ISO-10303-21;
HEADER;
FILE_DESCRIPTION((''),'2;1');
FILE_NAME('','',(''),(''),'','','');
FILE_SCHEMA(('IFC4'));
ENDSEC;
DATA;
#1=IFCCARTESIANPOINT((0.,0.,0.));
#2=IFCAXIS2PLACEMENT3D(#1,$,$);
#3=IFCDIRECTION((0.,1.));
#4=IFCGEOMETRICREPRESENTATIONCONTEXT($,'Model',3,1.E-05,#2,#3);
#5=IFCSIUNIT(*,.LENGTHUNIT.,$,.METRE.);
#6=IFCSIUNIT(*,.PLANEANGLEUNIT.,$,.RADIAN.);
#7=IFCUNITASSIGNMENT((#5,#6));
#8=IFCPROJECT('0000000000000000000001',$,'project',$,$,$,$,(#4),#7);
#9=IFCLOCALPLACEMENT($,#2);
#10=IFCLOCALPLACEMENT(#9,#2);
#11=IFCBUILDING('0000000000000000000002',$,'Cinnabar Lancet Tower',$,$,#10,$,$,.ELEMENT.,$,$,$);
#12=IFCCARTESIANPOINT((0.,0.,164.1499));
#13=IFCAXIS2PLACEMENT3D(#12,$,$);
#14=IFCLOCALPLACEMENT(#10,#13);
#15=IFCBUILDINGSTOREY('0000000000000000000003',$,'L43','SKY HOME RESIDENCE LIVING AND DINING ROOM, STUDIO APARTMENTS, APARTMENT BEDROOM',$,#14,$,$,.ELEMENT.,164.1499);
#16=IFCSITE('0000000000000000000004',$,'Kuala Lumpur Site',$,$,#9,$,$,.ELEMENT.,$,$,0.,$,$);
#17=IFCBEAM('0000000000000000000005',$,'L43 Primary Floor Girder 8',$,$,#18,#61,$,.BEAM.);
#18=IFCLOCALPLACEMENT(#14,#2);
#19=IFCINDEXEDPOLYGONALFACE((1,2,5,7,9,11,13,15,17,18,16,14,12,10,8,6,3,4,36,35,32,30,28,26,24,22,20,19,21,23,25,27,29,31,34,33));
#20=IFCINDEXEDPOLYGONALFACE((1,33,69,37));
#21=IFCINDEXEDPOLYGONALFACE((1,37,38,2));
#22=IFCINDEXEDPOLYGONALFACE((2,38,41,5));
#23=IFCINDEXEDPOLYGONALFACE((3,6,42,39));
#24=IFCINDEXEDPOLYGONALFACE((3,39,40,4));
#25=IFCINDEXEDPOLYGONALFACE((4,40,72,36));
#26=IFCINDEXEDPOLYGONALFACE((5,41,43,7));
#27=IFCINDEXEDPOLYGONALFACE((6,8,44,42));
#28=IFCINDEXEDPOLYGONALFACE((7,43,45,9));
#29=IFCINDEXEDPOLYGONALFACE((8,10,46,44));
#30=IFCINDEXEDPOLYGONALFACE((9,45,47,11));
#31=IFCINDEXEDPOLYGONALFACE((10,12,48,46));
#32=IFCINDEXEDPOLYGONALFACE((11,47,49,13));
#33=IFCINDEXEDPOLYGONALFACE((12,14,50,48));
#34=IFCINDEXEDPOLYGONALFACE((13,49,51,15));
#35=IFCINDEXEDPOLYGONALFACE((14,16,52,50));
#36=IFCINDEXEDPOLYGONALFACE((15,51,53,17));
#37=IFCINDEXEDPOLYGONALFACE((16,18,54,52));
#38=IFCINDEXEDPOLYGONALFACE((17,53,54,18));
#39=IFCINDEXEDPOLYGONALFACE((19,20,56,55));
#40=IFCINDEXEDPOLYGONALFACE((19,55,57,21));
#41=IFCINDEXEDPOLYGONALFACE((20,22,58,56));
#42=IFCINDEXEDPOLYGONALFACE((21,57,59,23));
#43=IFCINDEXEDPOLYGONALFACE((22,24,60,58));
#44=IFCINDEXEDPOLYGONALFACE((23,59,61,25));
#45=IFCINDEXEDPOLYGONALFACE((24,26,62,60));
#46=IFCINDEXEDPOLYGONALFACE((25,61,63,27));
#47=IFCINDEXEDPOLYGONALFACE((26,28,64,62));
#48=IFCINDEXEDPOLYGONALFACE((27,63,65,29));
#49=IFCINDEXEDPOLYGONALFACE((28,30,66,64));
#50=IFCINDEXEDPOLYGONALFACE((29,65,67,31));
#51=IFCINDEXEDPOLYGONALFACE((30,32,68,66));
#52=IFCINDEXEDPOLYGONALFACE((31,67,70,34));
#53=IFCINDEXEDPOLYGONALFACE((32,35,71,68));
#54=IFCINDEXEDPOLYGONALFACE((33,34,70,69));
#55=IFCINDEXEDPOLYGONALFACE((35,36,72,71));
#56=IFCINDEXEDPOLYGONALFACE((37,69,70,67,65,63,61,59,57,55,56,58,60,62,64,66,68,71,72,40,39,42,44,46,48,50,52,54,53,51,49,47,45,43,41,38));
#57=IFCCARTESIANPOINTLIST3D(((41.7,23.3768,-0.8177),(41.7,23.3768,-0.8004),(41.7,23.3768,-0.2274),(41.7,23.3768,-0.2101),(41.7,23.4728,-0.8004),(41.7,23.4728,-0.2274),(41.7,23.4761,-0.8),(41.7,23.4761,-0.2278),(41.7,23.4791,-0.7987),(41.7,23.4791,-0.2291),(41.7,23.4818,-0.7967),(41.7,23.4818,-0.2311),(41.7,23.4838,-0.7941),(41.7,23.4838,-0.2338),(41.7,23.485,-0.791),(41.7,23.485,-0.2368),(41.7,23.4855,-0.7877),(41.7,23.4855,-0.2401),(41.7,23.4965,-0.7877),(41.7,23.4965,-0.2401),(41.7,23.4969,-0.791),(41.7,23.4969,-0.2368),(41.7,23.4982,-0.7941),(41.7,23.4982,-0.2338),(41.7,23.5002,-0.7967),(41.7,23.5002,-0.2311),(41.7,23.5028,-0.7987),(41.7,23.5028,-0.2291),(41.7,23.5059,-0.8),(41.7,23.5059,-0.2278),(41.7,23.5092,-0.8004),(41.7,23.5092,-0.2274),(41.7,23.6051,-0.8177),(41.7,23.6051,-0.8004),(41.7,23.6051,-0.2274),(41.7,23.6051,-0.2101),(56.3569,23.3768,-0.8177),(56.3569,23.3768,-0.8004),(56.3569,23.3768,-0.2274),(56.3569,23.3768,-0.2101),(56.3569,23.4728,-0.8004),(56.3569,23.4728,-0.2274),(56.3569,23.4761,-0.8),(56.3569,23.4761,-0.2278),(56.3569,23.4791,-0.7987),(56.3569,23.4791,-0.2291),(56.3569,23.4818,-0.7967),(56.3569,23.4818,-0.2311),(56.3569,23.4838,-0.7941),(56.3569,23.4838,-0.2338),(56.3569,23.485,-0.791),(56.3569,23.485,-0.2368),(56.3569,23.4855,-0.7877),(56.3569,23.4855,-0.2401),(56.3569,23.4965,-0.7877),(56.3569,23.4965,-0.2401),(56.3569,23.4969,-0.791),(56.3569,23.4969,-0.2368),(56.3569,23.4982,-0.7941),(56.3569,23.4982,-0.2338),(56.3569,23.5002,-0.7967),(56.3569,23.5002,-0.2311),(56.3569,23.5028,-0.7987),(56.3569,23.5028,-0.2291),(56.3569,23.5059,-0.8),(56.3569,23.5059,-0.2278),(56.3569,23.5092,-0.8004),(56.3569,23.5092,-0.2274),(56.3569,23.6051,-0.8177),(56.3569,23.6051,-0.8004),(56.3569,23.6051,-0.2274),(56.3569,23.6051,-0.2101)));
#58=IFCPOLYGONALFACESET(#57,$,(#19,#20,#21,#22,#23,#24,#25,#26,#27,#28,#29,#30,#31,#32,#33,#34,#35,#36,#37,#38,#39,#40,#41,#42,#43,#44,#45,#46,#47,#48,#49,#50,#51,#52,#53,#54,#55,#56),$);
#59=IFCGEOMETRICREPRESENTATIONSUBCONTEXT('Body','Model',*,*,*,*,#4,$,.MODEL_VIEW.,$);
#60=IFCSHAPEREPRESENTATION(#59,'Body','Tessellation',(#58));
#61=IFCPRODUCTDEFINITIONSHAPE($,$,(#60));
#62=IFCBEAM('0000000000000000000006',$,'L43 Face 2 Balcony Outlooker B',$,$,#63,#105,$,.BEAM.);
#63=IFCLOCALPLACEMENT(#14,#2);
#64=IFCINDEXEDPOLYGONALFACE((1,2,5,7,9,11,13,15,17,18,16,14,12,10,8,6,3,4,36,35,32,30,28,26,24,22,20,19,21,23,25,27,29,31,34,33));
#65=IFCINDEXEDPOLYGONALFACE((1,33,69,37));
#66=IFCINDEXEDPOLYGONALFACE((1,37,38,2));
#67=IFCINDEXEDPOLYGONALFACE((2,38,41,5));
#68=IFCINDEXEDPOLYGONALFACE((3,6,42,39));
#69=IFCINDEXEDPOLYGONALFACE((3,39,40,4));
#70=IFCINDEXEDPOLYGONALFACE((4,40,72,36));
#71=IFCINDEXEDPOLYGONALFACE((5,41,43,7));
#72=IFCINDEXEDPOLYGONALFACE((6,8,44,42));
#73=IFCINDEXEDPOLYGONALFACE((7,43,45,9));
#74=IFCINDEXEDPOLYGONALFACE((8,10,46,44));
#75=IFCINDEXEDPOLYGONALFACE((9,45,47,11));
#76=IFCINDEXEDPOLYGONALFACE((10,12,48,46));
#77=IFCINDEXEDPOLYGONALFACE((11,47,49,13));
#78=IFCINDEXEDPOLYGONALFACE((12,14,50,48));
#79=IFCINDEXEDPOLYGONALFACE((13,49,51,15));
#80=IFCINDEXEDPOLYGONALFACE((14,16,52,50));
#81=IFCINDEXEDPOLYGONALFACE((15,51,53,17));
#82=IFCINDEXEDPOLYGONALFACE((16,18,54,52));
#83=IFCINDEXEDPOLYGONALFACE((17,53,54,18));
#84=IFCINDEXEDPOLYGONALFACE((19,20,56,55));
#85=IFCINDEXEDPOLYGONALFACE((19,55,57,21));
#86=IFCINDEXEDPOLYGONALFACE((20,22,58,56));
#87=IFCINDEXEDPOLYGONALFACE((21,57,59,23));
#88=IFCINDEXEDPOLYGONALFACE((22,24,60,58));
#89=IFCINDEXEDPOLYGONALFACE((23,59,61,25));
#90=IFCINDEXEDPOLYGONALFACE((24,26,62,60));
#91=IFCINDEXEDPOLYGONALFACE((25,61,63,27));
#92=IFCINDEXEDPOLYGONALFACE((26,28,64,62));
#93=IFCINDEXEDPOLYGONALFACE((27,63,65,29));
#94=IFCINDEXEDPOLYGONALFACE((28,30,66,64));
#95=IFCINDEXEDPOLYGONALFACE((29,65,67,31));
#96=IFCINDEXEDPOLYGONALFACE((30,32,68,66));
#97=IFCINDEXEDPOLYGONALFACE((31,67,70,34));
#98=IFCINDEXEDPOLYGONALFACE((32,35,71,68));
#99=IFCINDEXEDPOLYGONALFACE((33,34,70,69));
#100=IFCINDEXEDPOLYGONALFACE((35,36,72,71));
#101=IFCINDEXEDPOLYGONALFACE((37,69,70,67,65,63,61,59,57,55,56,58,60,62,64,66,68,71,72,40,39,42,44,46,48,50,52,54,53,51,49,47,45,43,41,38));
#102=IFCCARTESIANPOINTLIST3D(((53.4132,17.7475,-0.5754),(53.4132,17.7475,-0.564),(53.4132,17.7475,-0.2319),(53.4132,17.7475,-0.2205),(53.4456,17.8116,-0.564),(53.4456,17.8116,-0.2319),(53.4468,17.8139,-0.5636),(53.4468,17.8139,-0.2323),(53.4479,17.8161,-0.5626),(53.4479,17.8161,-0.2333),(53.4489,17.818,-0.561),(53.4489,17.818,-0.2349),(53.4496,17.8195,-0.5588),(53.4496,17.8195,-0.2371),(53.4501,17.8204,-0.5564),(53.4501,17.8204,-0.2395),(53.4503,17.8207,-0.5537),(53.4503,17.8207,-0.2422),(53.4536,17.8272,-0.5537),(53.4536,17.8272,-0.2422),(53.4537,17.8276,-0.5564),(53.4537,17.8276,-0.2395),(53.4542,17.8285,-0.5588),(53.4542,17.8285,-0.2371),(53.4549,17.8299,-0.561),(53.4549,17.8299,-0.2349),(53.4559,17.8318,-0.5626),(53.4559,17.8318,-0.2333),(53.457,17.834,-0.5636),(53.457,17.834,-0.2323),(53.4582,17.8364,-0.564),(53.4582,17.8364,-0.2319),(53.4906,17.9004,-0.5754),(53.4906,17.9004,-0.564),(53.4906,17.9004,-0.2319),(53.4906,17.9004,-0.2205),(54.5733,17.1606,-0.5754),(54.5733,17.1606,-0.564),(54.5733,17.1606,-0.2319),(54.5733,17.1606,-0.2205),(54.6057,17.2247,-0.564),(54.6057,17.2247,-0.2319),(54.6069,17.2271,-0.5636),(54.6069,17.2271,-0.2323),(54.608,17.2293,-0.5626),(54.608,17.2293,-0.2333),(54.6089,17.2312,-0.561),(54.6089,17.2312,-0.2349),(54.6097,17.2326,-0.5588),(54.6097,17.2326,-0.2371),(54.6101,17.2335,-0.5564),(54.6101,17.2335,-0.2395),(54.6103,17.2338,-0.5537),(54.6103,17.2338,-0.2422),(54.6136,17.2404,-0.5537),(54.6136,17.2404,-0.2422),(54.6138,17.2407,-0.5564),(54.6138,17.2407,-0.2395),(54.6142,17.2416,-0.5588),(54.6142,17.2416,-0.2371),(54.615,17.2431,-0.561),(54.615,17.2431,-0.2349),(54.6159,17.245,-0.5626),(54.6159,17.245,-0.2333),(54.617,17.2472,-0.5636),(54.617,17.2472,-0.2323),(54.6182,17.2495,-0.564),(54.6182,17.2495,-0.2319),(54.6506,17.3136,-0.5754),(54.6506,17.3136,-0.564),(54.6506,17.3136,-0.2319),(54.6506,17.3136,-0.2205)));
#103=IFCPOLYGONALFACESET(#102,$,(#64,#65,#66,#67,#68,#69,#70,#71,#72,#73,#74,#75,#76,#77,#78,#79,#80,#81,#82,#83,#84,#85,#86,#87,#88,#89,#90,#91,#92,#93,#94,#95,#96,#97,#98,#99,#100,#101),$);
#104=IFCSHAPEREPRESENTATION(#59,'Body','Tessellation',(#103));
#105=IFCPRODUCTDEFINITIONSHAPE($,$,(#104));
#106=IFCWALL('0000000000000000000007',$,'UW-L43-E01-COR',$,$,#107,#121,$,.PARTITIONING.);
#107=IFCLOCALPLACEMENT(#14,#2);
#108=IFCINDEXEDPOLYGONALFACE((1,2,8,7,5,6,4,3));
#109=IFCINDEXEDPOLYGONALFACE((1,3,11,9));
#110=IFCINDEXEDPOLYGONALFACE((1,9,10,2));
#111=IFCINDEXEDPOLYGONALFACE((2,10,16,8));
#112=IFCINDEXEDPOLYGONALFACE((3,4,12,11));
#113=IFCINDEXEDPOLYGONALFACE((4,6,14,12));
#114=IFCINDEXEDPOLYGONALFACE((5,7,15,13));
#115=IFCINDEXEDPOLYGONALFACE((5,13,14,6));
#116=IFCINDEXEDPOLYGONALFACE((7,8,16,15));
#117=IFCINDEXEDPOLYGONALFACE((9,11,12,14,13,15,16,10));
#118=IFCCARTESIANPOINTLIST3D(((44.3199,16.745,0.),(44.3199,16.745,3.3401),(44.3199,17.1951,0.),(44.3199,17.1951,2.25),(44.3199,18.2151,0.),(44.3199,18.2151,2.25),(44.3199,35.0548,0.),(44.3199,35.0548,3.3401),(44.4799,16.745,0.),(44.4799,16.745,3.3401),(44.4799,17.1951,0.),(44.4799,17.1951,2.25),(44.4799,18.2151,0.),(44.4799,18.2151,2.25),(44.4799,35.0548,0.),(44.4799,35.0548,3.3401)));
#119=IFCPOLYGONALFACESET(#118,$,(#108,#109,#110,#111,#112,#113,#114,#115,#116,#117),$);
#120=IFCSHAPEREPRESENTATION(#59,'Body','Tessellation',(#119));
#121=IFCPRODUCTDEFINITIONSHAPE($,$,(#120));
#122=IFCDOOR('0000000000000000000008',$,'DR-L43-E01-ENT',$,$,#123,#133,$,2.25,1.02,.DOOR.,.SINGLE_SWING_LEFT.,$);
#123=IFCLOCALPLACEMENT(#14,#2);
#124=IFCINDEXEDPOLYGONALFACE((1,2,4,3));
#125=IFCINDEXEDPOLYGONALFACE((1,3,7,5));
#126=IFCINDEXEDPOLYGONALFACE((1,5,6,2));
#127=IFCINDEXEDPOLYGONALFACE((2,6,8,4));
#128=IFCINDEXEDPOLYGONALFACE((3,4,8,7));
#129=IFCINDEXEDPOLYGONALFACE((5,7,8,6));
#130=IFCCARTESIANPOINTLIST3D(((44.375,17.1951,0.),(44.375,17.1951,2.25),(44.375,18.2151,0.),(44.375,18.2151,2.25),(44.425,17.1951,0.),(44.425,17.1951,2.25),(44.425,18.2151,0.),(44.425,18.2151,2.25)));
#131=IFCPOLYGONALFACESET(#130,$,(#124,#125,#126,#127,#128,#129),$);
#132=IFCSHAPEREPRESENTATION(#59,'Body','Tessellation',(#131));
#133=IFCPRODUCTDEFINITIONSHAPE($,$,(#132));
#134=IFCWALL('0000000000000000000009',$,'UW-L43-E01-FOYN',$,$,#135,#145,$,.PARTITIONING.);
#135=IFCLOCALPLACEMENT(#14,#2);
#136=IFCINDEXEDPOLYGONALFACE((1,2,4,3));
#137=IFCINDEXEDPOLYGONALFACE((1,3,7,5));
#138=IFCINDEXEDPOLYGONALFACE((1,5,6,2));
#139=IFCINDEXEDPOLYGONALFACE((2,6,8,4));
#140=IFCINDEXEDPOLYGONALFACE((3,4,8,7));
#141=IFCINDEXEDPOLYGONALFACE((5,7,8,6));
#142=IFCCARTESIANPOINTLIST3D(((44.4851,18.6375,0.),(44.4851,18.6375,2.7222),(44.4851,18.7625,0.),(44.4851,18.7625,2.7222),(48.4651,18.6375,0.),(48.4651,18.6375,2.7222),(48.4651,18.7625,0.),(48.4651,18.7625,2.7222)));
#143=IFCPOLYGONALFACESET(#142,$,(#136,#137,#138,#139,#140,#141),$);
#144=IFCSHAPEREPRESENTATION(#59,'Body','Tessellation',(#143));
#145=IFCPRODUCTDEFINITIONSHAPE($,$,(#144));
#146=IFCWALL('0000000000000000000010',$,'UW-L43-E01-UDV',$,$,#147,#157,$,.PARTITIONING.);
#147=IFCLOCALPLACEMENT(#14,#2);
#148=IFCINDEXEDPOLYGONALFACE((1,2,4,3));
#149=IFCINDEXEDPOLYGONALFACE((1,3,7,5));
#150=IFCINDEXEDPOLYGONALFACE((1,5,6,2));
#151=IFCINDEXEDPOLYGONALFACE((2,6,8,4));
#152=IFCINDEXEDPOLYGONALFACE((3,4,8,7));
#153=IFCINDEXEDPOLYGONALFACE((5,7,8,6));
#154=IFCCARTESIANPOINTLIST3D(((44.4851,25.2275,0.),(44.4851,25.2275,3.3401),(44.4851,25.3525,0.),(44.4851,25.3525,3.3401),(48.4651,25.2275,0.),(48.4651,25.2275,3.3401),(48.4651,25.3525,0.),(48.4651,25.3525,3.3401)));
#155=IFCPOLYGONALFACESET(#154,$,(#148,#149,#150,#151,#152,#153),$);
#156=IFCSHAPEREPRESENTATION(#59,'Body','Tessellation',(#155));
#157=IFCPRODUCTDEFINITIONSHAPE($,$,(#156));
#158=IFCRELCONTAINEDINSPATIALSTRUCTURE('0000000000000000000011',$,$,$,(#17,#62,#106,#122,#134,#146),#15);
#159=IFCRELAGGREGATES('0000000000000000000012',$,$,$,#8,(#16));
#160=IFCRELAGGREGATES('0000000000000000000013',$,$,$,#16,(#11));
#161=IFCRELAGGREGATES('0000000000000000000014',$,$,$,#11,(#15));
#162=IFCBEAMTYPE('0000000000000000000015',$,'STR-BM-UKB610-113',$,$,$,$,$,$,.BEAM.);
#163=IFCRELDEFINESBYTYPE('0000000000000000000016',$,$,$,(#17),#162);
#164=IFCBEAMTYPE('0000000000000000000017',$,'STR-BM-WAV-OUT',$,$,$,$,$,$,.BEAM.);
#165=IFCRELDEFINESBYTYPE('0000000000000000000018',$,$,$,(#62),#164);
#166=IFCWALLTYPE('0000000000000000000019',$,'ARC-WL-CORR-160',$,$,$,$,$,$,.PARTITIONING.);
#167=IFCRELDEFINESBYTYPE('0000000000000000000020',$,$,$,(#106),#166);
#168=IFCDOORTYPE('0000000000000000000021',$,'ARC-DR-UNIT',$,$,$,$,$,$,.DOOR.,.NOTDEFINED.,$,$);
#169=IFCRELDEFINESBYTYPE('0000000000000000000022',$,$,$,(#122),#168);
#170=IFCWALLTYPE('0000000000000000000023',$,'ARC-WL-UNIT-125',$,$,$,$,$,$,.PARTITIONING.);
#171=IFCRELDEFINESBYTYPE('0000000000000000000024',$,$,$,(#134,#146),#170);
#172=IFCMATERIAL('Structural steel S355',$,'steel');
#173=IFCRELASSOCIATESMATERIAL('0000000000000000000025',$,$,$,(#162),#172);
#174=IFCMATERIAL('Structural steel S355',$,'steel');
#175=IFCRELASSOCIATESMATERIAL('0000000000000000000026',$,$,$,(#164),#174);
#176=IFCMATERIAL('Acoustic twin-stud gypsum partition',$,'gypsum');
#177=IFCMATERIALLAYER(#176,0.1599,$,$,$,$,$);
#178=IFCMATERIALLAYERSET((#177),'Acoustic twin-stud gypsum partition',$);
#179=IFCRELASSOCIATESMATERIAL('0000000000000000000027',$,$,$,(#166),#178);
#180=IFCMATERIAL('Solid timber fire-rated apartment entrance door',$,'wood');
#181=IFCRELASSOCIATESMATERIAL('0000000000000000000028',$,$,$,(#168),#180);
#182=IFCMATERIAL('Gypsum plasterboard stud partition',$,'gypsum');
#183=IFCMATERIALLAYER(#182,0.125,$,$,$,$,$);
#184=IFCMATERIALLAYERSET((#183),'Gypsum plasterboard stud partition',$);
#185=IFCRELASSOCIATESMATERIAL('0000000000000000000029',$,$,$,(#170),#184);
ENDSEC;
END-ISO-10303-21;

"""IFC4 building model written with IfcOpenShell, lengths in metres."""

from ifc_helpers import new_model, si_unit, direction, frame, frame_2d, origin, origin_2d, place, context, subcontext, project, spatial, rectangle, i_section, extrude, material, layer, layer_set, material_profile, profile_set, type_object, element, fill, save


model = new_model("IFC4")

# Units and contexts
model_context = context("Model", 3, precision=1e-05, world=origin(), true_north=direction((0.0, 1.0)))
body_context = subcontext(model_context, "Body", "Model", "MODEL_VIEW")
ifc_project = project(units=[si_unit("LENGTHUNIT", "METRE"), si_unit("PLANEANGLEUNIT", "RADIAN")], contexts=[model_context])

# Site, building, storey
site_placement = place(None, origin())
site = spatial("IfcSite", under=ifc_project, at=site_placement, Name="Kuala Lumpur Site", CompositionType="ELEMENT", RefElevation=0.0)
building_placement = place(site_placement, origin())
building = spatial("IfcBuilding", under=site, at=building_placement, Name="Cinnabar Lancet Tower", CompositionType="ELEMENT")
storey_placement = place(building_placement, frame((0.0, 0.0, 164.1499)))
storey = spatial("IfcBuildingStorey", under=building, at=storey_placement, Name="L43", Description="SKY HOME RESIDENCE LIVING AND DINING ROOM, STUDIO APARTMENTS, APARTMENT BEDROOM", CompositionType="ELEMENT", Elevation=164.1499)

# Beams
ifc_material_1 = material(Name="Structural steel S355", Category="steel")
ifc_material_profile_1 = material_profile(ifc_material_1, i_section(OverallWidth=0.2283, OverallDepth=0.6077, WebThickness=0.011, FlangeThickness=0.0173, FilletRadius=0.0127, at=origin_2d()), Name="UKB 610x229x113")
ifc_profile_set_1 = profile_set([ifc_material_profile_1], Name="Structural steel S355")
beam_type_1 = type_object("IfcBeamType", Name="STR-BM-UKB610-113", PredefinedType="BEAM", material=ifc_profile_set_1)
beam_1_placement = place(storey_placement, frame((56.3569, 23.491, -0.5139), z_axis=(-1.0, 0.0, 0.0), x_axis=(0.0, -1.0, 0.0)))
element("IfcBeam", 1, at=beam_1_placement, inside=storey, type_object=beam_type_1, Name="L43 Primary Floor Girder 8", PredefinedType="BEAM", context=body_context, shape_type="SweptSolid", body=[
    extrude(i_section(OverallWidth=0.2283, OverallDepth=0.6077, WebThickness=0.011, FlangeThickness=0.0173, FilletRadius=0.0127, at=origin_2d()), origin(), (0.0, 0.0, 1.0), 14.657),
])
ifc_material_2 = material(Name="Structural steel S355", Category="steel")
ifc_material_profile_2 = material_profile(ifc_material_2, i_section(OverallWidth=0.1714, OverallDepth=0.355, WebThickness=0.0073, FlangeThickness=0.0115, FilletRadius=0.0103, at=origin_2d()), Name="UKB 356x171x51")
ifc_profile_set_2 = profile_set([ifc_material_profile_2], Name="Structural steel S355")
beam_type_2 = type_object("IfcBeamType", Name="STR-BM-WAV-OUT", PredefinedType="BEAM", material=ifc_profile_set_2)
beam_2_placement = place(storey_placement, frame((53.4519, 17.824, -0.3979), z_axis=(0.892314, -0.451415, 0.0), x_axis=(0.451415, 0.892314, 0.0)))
element("IfcBeam", 2, at=beam_2_placement, inside=storey, type_object=beam_type_2, Name="L43 Face 2 Balcony Outlooker B", PredefinedType="BEAM", context=body_context, shape_type="SweptSolid", body=[
    extrude(i_section(OverallWidth=0.1714, OverallDepth=0.355, WebThickness=0.0073, FlangeThickness=0.0115, FilletRadius=0.0103, at=origin_2d()), origin(), (0.0, 0.0, 1.0), 1.3),
])

# Wall, opening, door
ifc_material_3 = material(Name="Acoustic twin-stud gypsum partition", Category="gypsum")
ifc_layer_1 = layer(ifc_material_3, 0.1599)
ifc_layer_set_1 = layer_set([ifc_layer_1], Name="Acoustic twin-stud gypsum partition")
wall_type_1 = type_object("IfcWallType", Name="ARC-WL-CORR-160", PredefinedType="PARTITIONING", material=ifc_layer_set_1)
wall_1_placement = place(storey_placement, frame((44.3999, 16.7451, 0.0), z_axis=(0.0, 0.0, 1.0), x_axis=(0.0, 1.0, 0.0)))
wall_1 = element("IfcWall", 3, at=wall_1_placement, inside=storey, type_object=wall_type_1, Name="UW-L43-E01-COR", PredefinedType="PARTITIONING", context=body_context, shape_type="SweptSolid", body=[
    extrude(rectangle(XDim=18.3098, YDim=0.1599, at=frame_2d((9.1548, 0.0))), origin(), (0.0, 0.0, 1.0), 3.3401),
])
opening_1_placement = place(wall_1_placement, frame((0.45, 0.0, 0.0)))
opening_1 = element("IfcOpeningElement", 4, at=opening_1_placement, cuts=wall_1, PredefinedType="OPENING", context=body_context, shape_type="SweptSolid", body=[
    extrude(rectangle(XDim=1.02, YDim=2.25, at=frame_2d((0.51, 1.125))), frame((0.0, 0.0898, 0.0), z_axis=(0.0, -1.0, 0.0), x_axis=(1.0, 0.0, 0.0)), (0.0, 0.0, 1.0), 0.1799),
])
ifc_material_4 = material(Name="Solid timber fire-rated apartment entrance door", Category="wood")
door_type_1 = type_object("IfcDoorType", Name="ARC-DR-UNIT", OperationType="NOTDEFINED", PredefinedType="DOOR", material=ifc_material_4)
door_1_placement = place(opening_1_placement, origin())
door_1 = element("IfcDoor", 5, at=door_1_placement, inside=storey, type_object=door_type_1, Name="DR-L43-E01-ENT", OperationType="SINGLE_SWING_LEFT", OverallHeight=2.25, OverallWidth=1.02, PredefinedType="DOOR", context=body_context, shape_type="SweptSolid", body=[
    extrude(rectangle(XDim=1.02, YDim=2.25, at=frame_2d((0.51, 1.125))), frame((0.0, 0.0249, 0.0), z_axis=(0.0, -1.0, 0.0), x_axis=(1.0, 0.0, 0.0)), (0.0, 0.0, 1.0), 0.05),
])
fill(opening_1, door_1)

# Walls
ifc_material_5 = material(Name="Gypsum plasterboard stud partition", Category="gypsum")
ifc_layer_2 = layer(ifc_material_5, 0.125)
ifc_layer_set_2 = layer_set([ifc_layer_2], Name="Gypsum plasterboard stud partition")
wall_type_2 = type_object("IfcWallType", Name="ARC-WL-UNIT-125", PredefinedType="PARTITIONING", material=ifc_layer_set_2)
wall_2_placement = place(storey_placement, frame((44.4851, 18.7, 0.0), z_axis=(0.0, 0.0, 1.0), x_axis=(1.0, 0.0, 0.0)))
element("IfcWall", 6, at=wall_2_placement, inside=storey, type_object=wall_type_2, Name="UW-L43-E01-FOYN", PredefinedType="PARTITIONING", context=body_context, shape_type="SweptSolid", body=[
    extrude(rectangle(XDim=3.98, YDim=0.125, at=frame_2d((1.99, 0.0))), origin(), (0.0, 0.0, 1.0), 2.7222),
])
wall_3_placement = place(storey_placement, frame((44.4851, 25.29, 0.0), z_axis=(0.0, 0.0, 1.0), x_axis=(1.0, 0.0, 0.0)))
element("IfcWall", 7, at=wall_3_placement, inside=storey, type_object=wall_type_2, Name="UW-L43-E01-UDV", PredefinedType="PARTITIONING", context=body_context, shape_type="SweptSolid", body=[
    extrude(rectangle(XDim=3.98, YDim=0.125, at=frame_2d((1.99, 0.0))), origin(), (0.0, 0.0, 1.0), 3.3401),
])

save(model, "model.ifc")
